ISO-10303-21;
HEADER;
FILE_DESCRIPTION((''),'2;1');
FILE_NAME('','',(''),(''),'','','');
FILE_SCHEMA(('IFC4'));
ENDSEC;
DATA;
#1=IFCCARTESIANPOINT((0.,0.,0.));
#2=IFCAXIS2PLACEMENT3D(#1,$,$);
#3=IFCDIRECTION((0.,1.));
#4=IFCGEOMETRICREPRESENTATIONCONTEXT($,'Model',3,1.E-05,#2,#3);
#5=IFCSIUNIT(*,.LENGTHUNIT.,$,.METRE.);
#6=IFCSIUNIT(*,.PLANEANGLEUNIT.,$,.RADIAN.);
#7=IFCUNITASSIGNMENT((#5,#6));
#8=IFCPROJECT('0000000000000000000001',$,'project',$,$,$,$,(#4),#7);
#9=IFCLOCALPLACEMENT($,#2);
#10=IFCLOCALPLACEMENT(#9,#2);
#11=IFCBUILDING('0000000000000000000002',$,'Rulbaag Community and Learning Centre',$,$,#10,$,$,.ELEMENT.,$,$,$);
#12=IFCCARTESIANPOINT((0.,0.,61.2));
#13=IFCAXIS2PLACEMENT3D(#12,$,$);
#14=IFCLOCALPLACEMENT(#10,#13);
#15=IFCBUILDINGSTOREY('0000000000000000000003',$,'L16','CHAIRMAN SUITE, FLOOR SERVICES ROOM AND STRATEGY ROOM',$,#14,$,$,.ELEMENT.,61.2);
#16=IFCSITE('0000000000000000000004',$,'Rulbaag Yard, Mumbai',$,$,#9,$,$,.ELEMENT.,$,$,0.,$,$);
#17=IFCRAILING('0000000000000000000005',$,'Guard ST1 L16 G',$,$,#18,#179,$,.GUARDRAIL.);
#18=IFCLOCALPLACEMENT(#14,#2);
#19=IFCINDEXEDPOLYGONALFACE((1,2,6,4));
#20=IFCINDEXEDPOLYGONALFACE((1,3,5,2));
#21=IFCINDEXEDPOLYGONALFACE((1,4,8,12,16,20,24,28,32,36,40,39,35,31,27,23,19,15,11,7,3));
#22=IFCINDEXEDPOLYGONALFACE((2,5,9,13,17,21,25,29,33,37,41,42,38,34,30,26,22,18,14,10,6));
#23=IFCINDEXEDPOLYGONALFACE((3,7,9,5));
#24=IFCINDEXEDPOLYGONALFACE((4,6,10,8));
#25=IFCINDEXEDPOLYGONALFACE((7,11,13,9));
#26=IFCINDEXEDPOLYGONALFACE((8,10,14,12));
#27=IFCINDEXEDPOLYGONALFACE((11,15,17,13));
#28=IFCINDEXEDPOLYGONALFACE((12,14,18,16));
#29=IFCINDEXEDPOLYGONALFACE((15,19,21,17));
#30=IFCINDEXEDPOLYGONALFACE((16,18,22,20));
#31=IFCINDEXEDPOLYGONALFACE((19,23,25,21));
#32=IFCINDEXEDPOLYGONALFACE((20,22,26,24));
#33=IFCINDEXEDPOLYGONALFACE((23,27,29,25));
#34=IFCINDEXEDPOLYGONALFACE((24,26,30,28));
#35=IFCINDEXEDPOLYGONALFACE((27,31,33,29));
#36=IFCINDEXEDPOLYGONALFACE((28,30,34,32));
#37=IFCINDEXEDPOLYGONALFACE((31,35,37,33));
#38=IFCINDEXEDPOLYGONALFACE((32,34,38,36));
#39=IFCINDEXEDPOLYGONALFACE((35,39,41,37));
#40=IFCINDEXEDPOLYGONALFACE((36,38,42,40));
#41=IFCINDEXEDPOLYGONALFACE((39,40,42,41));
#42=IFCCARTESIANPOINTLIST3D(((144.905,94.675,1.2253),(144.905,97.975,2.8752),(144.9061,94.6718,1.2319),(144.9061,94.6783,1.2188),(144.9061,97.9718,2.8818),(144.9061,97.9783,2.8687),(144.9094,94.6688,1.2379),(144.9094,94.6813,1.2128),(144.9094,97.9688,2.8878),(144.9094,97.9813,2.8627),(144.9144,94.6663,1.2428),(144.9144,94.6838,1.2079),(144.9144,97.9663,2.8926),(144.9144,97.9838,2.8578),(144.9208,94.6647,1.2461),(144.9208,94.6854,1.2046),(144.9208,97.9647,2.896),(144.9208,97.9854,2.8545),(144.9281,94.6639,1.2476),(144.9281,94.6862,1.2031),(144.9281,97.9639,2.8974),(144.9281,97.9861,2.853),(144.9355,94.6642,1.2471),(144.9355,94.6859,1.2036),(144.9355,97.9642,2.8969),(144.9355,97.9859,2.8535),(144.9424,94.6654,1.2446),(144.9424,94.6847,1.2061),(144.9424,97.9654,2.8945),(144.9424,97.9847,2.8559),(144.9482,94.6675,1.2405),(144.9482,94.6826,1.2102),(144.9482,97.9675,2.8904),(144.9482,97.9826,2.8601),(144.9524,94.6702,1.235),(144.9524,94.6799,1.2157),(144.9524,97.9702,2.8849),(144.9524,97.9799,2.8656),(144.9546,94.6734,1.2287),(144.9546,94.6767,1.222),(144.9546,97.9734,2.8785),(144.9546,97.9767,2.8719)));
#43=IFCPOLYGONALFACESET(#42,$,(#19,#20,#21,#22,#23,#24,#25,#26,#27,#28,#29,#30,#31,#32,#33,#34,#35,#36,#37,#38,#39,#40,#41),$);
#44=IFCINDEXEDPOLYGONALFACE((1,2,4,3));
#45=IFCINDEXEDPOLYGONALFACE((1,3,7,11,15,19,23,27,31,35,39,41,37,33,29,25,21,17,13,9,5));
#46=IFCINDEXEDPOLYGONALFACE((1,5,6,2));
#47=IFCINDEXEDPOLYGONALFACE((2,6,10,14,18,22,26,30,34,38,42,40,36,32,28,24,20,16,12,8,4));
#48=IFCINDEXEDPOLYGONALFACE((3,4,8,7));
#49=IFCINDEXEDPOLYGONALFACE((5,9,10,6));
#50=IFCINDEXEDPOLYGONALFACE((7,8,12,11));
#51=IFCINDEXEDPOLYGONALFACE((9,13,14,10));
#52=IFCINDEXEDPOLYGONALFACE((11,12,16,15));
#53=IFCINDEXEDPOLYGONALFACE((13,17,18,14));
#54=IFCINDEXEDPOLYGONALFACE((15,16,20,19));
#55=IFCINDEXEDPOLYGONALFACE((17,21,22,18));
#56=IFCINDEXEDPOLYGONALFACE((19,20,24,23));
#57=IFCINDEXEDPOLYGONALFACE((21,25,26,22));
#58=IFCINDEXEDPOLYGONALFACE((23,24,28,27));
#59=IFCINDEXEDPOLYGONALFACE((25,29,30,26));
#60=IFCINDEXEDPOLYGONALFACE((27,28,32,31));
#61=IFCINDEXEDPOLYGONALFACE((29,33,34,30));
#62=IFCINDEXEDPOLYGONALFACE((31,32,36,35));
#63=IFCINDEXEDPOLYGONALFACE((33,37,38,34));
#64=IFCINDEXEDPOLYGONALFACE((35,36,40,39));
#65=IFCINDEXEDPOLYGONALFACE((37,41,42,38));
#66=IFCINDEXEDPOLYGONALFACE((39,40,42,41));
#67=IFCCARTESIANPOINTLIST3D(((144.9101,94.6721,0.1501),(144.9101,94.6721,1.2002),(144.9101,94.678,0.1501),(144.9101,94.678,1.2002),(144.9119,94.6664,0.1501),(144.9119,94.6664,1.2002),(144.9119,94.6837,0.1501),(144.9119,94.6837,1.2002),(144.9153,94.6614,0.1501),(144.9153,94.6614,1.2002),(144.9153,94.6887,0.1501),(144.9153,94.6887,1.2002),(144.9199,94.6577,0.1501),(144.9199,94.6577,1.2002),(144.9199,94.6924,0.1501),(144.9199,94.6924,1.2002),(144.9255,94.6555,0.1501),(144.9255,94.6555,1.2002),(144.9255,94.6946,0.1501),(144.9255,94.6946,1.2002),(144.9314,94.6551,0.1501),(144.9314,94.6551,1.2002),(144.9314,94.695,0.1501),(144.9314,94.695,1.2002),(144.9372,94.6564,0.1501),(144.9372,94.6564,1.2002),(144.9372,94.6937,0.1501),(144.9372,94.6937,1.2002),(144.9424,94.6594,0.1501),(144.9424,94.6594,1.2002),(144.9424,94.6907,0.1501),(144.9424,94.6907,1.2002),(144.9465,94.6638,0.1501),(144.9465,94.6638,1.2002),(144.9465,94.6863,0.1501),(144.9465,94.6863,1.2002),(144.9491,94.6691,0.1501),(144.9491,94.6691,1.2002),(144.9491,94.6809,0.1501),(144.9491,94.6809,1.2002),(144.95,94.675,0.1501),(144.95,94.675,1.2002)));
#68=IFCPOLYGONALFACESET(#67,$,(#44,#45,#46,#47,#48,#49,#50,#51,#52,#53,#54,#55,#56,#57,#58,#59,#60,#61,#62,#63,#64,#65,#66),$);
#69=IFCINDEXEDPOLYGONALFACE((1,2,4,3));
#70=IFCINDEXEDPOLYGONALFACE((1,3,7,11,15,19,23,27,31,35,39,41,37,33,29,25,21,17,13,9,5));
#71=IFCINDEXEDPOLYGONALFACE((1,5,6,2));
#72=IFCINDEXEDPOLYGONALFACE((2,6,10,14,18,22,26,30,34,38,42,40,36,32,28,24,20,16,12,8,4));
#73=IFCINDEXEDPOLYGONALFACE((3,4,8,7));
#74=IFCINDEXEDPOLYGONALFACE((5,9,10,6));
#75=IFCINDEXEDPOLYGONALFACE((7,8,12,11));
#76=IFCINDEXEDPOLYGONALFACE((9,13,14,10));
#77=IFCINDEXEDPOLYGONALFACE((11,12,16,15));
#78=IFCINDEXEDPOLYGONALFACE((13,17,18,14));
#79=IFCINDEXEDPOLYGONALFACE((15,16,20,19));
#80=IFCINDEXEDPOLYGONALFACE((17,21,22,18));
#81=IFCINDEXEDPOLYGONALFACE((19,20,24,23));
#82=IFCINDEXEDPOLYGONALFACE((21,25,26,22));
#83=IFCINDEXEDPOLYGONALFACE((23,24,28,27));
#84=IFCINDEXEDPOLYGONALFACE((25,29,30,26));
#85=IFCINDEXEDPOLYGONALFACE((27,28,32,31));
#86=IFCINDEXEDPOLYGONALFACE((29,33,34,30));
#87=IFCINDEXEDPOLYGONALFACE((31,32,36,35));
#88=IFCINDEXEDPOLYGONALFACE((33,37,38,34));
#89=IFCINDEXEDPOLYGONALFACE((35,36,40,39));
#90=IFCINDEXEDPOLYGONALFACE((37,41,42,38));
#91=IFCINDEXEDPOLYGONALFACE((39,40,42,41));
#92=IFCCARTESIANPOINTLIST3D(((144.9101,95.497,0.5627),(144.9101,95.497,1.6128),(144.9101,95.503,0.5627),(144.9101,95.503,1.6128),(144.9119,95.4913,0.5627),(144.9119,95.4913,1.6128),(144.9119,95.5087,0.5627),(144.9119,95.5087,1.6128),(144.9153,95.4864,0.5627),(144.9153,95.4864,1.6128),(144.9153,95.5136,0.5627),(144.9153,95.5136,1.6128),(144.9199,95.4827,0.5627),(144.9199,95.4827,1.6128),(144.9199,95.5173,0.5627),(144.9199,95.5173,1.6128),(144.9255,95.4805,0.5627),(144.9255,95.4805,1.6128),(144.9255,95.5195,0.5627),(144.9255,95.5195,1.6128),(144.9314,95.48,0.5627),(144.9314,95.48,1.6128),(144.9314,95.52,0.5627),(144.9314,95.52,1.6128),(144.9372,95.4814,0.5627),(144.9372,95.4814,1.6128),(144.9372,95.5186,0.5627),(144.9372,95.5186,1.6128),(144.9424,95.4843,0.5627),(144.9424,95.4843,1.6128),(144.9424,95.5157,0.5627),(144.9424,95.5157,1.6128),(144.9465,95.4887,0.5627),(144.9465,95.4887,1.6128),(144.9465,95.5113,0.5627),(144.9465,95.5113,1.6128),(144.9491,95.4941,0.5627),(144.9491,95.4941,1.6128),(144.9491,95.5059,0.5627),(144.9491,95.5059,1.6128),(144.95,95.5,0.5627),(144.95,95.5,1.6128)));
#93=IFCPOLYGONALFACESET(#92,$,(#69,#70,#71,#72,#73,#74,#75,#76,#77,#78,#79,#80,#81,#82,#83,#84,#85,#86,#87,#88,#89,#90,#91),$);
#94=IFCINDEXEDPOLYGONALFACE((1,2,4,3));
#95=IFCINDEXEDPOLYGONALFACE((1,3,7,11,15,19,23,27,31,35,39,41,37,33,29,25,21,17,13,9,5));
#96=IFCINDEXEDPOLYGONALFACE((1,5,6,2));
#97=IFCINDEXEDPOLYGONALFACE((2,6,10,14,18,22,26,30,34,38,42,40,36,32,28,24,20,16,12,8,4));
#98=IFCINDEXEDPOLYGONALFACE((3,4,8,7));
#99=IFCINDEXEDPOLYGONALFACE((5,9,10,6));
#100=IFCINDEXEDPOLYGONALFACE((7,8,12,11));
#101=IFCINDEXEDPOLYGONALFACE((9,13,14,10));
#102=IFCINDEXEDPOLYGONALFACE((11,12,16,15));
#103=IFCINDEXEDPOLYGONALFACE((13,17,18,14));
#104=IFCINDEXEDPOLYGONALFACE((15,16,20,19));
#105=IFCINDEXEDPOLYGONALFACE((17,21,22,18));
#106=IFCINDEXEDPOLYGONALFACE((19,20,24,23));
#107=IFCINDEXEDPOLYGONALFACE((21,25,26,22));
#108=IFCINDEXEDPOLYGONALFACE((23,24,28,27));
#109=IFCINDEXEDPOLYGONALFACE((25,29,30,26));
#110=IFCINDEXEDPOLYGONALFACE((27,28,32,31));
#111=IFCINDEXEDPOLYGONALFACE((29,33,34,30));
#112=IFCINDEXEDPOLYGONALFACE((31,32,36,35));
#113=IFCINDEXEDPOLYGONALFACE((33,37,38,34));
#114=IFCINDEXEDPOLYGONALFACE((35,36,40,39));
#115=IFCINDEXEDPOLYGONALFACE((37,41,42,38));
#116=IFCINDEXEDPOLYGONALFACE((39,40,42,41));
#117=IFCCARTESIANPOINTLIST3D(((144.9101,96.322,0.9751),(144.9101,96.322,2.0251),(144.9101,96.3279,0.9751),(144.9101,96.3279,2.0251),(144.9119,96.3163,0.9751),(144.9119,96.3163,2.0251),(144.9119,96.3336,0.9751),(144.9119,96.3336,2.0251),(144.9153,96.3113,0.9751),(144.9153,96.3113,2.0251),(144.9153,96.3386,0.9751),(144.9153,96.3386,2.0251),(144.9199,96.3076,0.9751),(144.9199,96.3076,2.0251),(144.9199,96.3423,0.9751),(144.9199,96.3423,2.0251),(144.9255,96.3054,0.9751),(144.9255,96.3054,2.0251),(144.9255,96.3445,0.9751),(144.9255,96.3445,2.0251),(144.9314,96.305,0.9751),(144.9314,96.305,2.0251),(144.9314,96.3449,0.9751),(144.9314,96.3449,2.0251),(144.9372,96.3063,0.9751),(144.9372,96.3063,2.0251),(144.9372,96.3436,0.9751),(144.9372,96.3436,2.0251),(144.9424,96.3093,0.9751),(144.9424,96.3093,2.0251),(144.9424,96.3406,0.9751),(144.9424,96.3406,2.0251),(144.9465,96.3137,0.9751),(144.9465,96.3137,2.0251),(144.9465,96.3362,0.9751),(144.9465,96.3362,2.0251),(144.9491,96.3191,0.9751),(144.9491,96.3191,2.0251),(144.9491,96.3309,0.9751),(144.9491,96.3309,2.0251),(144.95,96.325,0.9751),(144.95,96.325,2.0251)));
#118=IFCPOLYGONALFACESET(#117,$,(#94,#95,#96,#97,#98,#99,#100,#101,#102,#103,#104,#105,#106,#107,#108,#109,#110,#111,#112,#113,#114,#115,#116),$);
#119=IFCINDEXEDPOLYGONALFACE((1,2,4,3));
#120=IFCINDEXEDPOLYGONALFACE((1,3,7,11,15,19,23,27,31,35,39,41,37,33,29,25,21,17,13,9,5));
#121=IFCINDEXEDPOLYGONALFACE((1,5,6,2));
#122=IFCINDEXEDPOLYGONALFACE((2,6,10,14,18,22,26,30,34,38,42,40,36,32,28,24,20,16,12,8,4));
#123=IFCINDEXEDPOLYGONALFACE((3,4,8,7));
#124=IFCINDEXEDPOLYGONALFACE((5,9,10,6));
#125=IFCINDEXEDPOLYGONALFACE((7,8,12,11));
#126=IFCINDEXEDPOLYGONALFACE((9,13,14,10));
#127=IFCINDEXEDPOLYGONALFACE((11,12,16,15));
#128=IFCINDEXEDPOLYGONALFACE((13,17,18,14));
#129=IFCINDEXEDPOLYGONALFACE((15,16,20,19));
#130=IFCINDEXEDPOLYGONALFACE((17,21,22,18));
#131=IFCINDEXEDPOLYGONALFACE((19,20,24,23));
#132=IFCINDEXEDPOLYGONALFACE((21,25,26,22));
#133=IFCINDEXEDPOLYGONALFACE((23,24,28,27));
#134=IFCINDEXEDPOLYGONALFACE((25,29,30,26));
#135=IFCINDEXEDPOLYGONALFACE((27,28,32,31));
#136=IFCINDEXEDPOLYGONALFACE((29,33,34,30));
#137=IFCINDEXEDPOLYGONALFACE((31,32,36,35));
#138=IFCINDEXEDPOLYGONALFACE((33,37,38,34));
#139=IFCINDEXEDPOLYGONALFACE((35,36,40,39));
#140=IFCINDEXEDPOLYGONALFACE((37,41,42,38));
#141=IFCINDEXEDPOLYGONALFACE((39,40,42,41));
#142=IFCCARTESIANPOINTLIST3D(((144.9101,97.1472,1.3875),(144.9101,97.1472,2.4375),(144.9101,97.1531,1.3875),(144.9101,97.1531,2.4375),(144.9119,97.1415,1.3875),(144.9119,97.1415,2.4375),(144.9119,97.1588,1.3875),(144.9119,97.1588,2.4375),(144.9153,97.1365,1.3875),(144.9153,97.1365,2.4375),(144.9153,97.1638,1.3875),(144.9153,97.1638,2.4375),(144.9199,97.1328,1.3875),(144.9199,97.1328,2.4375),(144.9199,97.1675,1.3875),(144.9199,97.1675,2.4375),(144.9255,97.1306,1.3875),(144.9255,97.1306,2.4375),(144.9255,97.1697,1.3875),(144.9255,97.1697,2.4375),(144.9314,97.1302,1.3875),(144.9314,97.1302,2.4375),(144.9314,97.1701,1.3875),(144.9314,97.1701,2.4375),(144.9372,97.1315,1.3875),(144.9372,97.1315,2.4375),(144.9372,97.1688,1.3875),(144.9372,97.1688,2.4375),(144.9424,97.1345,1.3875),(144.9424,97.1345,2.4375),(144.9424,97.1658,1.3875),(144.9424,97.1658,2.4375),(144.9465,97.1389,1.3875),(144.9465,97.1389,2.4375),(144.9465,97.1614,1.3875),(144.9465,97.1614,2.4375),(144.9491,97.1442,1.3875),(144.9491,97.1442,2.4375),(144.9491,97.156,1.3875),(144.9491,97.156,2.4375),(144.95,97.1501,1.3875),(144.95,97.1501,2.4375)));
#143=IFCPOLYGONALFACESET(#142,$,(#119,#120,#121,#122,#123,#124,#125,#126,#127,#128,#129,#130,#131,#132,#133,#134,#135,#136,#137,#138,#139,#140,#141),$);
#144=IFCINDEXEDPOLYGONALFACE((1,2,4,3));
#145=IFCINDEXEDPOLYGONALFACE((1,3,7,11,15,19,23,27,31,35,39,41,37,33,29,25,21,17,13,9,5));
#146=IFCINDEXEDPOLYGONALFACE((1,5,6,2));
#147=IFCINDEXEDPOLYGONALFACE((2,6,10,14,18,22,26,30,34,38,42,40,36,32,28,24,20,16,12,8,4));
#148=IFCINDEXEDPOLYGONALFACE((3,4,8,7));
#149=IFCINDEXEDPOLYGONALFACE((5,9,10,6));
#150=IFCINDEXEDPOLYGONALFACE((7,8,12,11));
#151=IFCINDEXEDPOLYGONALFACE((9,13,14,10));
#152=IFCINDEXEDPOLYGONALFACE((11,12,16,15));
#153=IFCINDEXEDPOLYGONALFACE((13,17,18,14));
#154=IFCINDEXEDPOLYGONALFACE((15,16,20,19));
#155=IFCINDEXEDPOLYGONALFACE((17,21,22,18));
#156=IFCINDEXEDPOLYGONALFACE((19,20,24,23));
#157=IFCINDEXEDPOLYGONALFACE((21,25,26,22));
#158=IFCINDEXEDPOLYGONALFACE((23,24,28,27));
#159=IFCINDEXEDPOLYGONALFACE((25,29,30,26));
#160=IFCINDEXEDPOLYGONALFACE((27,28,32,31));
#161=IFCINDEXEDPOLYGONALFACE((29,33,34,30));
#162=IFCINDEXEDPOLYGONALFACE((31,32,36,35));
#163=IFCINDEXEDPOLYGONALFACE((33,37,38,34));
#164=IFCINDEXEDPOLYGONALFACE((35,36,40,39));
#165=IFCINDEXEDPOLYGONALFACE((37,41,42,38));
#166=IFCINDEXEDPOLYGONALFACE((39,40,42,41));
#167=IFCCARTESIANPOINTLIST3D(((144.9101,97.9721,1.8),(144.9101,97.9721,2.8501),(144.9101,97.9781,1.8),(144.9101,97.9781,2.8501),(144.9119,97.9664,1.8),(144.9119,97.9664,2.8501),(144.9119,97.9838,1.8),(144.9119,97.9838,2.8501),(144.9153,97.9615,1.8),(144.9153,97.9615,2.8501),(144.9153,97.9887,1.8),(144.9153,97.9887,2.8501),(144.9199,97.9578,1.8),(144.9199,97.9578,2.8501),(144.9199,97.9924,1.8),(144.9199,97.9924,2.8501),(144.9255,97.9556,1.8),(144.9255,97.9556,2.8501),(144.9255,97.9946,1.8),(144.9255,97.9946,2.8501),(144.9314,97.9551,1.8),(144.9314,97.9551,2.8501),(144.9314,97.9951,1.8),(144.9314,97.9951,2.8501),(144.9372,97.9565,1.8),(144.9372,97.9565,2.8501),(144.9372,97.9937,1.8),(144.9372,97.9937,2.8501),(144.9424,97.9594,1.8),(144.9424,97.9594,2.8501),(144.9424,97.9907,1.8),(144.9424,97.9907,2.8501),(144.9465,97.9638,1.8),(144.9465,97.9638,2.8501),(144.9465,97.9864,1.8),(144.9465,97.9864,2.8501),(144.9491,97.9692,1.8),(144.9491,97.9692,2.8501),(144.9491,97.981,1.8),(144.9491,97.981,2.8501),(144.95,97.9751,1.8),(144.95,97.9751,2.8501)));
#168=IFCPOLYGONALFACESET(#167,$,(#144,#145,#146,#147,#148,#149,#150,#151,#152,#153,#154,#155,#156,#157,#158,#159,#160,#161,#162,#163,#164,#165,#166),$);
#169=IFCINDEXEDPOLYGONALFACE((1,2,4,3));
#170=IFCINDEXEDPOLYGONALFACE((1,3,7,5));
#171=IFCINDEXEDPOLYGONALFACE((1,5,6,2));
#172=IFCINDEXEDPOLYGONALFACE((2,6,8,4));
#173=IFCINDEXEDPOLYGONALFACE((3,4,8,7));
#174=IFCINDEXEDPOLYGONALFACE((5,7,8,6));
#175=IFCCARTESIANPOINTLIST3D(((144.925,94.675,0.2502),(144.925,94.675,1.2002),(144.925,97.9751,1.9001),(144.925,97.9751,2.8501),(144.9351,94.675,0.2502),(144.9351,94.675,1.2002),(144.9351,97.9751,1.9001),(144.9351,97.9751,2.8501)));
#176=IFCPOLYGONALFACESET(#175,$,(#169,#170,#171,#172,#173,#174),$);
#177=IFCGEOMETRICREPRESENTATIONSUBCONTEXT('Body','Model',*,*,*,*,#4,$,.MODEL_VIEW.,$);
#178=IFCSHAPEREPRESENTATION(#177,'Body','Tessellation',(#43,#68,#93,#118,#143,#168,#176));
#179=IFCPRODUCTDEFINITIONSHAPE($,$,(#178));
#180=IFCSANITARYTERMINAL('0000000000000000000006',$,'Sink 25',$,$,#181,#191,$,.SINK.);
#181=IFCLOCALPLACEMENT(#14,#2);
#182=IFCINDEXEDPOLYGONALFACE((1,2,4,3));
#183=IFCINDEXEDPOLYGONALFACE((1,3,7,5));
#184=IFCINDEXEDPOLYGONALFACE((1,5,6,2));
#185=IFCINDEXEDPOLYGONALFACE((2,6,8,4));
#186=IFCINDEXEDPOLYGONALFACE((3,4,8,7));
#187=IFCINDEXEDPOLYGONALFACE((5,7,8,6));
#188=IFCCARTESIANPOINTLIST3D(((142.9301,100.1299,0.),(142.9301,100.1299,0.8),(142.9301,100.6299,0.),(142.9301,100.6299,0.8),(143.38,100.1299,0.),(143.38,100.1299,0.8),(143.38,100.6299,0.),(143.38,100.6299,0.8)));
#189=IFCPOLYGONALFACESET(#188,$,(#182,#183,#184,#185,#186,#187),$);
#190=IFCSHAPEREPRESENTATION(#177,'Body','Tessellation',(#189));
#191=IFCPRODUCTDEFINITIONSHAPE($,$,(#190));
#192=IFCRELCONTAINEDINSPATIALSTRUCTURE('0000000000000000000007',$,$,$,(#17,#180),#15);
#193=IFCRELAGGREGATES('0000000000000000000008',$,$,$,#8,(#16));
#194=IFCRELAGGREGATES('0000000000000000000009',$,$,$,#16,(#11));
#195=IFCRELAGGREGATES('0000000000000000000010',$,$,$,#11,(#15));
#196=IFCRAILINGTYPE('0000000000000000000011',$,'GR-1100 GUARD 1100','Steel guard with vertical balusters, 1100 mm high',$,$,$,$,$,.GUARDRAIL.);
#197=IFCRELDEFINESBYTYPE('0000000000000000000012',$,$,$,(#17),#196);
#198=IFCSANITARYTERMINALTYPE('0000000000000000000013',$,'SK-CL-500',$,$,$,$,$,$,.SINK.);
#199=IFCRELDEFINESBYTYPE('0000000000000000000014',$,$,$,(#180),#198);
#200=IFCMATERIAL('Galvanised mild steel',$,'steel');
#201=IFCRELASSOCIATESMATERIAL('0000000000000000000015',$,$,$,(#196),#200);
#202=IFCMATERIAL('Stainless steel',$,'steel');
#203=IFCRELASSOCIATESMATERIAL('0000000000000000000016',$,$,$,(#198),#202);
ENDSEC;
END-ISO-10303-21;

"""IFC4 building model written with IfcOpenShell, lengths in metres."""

from ifc_helpers import new_model, si_unit, direction, frame, origin, origin_2d, place, context, subcontext, project, spatial, polyline, rectangle, circle, outline, extrude, material, type_object, element, save


model = new_model("IFC4")

# Units and contexts
model_context = context("Model", 3, precision=1e-05, world=origin(), true_north=direction((0.0, 1.0)))
body_context = subcontext(model_context, "Body", "Model", "MODEL_VIEW")
ifc_project = project(units=[si_unit("LENGTHUNIT", "METRE"), si_unit("PLANEANGLEUNIT", "RADIAN")], contexts=[model_context])

# Site, building, storey
site_placement = place(None, origin())
site = spatial("IfcSite", under=ifc_project, at=site_placement, Name="Rulbaag Yard, Mumbai", CompositionType="ELEMENT", RefElevation=0.0)
building_placement = place(site_placement, origin())
building = spatial("IfcBuilding", under=site, at=building_placement, Name="Rulbaag Community and Learning Centre", CompositionType="ELEMENT")
storey_placement = place(building_placement, frame((0.0, 0.0, 61.2)))
storey = spatial("IfcBuildingStorey", under=building, at=storey_placement, Name="L16", Description="CHAIRMAN SUITE, FLOOR SERVICES ROOM AND STRATEGY ROOM", CompositionType="ELEMENT", Elevation=61.2)

# Railing
ifc_material_1 = material(Name="Galvanised mild steel", Category="steel")
railing_type_1 = type_object("IfcRailingType", Name="GR-1100 GUARD 1100", Description="Steel guard with vertical balusters, 1100 mm high", PredefinedType="GUARDRAIL", material=ifc_material_1)
railing_1_placement = place(storey_placement, frame((144.9299, 94.675, 0.1501)))
element("IfcRailing", 1, at=railing_1_placement, inside=storey, type_object=railing_type_1, Name="Guard ST1 L16 G", PredefinedType="GUARDRAIL", context=body_context, shape_type="SweptSolid", body=[
    extrude(circle(Radius=0.0249, at=origin_2d()), frame((0.0, 0.0, 1.0752), z_axis=(0.0, 0.89444, 0.447187), x_axis=(-1.0, 0.0, 0.0)), (0.0, 0.0, 1.0), 3.6895),
    extrude(circle(Radius=0.02, at=origin_2d()), origin(), (0.0, 0.0, 1.0), 1.05),
    extrude(circle(Radius=0.02, at=origin_2d()), frame((0.0, 0.825, 0.4126)), (0.0, 0.0, 1.0), 1.05),
    extrude(circle(Radius=0.02, at=origin_2d()), frame((0.0, 1.6499, 0.825)), (0.0, 0.0, 1.0), 1.05),
    extrude(circle(Radius=0.02, at=origin_2d()), frame((0.0, 2.4751, 1.2373)), (0.0, 0.0, 1.0), 1.05),
    extrude(circle(Radius=0.02, at=origin_2d()), frame((0.0, 3.3, 1.6499)), (0.0, 0.0, 1.0), 1.05),
    extrude(outline(polyline([(0.0, 0.0), (3.3, 1.6499), (3.3, 2.5999), (0.0, 0.95), (0.0, 0.0)])), frame((-0.0049, 0.0, 0.1001), z_axis=(1.0, 0.0, 0.0), x_axis=(0.0, 1.0, 0.0)), (0.0, 0.0, 1.0), 0.01),
])

# Sanitary terminal
ifc_material_2 = material(Name="Stainless steel", Category="steel")
sanitary_terminal_type = type_object("IfcSanitaryTerminalType", Name="SK-CL-500", PredefinedType="SINK", material=ifc_material_2)
sanitary_terminal_placement = place(storey_placement, frame((143.155, 100.3799, 0.0), z_axis=(0.0, 0.0, 1.0), x_axis=(1.0, 0.0, 0.0)))
element("IfcSanitaryTerminal", 2, at=sanitary_terminal_placement, inside=storey, type_object=sanitary_terminal_type, Name="Sink 25", PredefinedType="SINK", context=body_context, shape_type="SweptSolid", body=[
    extrude(rectangle(XDim=0.45, YDim=0.5, at=origin_2d()), origin(), (0.0, 0.0, 1.0), 0.8),
])

save(model, "model.ifc")
